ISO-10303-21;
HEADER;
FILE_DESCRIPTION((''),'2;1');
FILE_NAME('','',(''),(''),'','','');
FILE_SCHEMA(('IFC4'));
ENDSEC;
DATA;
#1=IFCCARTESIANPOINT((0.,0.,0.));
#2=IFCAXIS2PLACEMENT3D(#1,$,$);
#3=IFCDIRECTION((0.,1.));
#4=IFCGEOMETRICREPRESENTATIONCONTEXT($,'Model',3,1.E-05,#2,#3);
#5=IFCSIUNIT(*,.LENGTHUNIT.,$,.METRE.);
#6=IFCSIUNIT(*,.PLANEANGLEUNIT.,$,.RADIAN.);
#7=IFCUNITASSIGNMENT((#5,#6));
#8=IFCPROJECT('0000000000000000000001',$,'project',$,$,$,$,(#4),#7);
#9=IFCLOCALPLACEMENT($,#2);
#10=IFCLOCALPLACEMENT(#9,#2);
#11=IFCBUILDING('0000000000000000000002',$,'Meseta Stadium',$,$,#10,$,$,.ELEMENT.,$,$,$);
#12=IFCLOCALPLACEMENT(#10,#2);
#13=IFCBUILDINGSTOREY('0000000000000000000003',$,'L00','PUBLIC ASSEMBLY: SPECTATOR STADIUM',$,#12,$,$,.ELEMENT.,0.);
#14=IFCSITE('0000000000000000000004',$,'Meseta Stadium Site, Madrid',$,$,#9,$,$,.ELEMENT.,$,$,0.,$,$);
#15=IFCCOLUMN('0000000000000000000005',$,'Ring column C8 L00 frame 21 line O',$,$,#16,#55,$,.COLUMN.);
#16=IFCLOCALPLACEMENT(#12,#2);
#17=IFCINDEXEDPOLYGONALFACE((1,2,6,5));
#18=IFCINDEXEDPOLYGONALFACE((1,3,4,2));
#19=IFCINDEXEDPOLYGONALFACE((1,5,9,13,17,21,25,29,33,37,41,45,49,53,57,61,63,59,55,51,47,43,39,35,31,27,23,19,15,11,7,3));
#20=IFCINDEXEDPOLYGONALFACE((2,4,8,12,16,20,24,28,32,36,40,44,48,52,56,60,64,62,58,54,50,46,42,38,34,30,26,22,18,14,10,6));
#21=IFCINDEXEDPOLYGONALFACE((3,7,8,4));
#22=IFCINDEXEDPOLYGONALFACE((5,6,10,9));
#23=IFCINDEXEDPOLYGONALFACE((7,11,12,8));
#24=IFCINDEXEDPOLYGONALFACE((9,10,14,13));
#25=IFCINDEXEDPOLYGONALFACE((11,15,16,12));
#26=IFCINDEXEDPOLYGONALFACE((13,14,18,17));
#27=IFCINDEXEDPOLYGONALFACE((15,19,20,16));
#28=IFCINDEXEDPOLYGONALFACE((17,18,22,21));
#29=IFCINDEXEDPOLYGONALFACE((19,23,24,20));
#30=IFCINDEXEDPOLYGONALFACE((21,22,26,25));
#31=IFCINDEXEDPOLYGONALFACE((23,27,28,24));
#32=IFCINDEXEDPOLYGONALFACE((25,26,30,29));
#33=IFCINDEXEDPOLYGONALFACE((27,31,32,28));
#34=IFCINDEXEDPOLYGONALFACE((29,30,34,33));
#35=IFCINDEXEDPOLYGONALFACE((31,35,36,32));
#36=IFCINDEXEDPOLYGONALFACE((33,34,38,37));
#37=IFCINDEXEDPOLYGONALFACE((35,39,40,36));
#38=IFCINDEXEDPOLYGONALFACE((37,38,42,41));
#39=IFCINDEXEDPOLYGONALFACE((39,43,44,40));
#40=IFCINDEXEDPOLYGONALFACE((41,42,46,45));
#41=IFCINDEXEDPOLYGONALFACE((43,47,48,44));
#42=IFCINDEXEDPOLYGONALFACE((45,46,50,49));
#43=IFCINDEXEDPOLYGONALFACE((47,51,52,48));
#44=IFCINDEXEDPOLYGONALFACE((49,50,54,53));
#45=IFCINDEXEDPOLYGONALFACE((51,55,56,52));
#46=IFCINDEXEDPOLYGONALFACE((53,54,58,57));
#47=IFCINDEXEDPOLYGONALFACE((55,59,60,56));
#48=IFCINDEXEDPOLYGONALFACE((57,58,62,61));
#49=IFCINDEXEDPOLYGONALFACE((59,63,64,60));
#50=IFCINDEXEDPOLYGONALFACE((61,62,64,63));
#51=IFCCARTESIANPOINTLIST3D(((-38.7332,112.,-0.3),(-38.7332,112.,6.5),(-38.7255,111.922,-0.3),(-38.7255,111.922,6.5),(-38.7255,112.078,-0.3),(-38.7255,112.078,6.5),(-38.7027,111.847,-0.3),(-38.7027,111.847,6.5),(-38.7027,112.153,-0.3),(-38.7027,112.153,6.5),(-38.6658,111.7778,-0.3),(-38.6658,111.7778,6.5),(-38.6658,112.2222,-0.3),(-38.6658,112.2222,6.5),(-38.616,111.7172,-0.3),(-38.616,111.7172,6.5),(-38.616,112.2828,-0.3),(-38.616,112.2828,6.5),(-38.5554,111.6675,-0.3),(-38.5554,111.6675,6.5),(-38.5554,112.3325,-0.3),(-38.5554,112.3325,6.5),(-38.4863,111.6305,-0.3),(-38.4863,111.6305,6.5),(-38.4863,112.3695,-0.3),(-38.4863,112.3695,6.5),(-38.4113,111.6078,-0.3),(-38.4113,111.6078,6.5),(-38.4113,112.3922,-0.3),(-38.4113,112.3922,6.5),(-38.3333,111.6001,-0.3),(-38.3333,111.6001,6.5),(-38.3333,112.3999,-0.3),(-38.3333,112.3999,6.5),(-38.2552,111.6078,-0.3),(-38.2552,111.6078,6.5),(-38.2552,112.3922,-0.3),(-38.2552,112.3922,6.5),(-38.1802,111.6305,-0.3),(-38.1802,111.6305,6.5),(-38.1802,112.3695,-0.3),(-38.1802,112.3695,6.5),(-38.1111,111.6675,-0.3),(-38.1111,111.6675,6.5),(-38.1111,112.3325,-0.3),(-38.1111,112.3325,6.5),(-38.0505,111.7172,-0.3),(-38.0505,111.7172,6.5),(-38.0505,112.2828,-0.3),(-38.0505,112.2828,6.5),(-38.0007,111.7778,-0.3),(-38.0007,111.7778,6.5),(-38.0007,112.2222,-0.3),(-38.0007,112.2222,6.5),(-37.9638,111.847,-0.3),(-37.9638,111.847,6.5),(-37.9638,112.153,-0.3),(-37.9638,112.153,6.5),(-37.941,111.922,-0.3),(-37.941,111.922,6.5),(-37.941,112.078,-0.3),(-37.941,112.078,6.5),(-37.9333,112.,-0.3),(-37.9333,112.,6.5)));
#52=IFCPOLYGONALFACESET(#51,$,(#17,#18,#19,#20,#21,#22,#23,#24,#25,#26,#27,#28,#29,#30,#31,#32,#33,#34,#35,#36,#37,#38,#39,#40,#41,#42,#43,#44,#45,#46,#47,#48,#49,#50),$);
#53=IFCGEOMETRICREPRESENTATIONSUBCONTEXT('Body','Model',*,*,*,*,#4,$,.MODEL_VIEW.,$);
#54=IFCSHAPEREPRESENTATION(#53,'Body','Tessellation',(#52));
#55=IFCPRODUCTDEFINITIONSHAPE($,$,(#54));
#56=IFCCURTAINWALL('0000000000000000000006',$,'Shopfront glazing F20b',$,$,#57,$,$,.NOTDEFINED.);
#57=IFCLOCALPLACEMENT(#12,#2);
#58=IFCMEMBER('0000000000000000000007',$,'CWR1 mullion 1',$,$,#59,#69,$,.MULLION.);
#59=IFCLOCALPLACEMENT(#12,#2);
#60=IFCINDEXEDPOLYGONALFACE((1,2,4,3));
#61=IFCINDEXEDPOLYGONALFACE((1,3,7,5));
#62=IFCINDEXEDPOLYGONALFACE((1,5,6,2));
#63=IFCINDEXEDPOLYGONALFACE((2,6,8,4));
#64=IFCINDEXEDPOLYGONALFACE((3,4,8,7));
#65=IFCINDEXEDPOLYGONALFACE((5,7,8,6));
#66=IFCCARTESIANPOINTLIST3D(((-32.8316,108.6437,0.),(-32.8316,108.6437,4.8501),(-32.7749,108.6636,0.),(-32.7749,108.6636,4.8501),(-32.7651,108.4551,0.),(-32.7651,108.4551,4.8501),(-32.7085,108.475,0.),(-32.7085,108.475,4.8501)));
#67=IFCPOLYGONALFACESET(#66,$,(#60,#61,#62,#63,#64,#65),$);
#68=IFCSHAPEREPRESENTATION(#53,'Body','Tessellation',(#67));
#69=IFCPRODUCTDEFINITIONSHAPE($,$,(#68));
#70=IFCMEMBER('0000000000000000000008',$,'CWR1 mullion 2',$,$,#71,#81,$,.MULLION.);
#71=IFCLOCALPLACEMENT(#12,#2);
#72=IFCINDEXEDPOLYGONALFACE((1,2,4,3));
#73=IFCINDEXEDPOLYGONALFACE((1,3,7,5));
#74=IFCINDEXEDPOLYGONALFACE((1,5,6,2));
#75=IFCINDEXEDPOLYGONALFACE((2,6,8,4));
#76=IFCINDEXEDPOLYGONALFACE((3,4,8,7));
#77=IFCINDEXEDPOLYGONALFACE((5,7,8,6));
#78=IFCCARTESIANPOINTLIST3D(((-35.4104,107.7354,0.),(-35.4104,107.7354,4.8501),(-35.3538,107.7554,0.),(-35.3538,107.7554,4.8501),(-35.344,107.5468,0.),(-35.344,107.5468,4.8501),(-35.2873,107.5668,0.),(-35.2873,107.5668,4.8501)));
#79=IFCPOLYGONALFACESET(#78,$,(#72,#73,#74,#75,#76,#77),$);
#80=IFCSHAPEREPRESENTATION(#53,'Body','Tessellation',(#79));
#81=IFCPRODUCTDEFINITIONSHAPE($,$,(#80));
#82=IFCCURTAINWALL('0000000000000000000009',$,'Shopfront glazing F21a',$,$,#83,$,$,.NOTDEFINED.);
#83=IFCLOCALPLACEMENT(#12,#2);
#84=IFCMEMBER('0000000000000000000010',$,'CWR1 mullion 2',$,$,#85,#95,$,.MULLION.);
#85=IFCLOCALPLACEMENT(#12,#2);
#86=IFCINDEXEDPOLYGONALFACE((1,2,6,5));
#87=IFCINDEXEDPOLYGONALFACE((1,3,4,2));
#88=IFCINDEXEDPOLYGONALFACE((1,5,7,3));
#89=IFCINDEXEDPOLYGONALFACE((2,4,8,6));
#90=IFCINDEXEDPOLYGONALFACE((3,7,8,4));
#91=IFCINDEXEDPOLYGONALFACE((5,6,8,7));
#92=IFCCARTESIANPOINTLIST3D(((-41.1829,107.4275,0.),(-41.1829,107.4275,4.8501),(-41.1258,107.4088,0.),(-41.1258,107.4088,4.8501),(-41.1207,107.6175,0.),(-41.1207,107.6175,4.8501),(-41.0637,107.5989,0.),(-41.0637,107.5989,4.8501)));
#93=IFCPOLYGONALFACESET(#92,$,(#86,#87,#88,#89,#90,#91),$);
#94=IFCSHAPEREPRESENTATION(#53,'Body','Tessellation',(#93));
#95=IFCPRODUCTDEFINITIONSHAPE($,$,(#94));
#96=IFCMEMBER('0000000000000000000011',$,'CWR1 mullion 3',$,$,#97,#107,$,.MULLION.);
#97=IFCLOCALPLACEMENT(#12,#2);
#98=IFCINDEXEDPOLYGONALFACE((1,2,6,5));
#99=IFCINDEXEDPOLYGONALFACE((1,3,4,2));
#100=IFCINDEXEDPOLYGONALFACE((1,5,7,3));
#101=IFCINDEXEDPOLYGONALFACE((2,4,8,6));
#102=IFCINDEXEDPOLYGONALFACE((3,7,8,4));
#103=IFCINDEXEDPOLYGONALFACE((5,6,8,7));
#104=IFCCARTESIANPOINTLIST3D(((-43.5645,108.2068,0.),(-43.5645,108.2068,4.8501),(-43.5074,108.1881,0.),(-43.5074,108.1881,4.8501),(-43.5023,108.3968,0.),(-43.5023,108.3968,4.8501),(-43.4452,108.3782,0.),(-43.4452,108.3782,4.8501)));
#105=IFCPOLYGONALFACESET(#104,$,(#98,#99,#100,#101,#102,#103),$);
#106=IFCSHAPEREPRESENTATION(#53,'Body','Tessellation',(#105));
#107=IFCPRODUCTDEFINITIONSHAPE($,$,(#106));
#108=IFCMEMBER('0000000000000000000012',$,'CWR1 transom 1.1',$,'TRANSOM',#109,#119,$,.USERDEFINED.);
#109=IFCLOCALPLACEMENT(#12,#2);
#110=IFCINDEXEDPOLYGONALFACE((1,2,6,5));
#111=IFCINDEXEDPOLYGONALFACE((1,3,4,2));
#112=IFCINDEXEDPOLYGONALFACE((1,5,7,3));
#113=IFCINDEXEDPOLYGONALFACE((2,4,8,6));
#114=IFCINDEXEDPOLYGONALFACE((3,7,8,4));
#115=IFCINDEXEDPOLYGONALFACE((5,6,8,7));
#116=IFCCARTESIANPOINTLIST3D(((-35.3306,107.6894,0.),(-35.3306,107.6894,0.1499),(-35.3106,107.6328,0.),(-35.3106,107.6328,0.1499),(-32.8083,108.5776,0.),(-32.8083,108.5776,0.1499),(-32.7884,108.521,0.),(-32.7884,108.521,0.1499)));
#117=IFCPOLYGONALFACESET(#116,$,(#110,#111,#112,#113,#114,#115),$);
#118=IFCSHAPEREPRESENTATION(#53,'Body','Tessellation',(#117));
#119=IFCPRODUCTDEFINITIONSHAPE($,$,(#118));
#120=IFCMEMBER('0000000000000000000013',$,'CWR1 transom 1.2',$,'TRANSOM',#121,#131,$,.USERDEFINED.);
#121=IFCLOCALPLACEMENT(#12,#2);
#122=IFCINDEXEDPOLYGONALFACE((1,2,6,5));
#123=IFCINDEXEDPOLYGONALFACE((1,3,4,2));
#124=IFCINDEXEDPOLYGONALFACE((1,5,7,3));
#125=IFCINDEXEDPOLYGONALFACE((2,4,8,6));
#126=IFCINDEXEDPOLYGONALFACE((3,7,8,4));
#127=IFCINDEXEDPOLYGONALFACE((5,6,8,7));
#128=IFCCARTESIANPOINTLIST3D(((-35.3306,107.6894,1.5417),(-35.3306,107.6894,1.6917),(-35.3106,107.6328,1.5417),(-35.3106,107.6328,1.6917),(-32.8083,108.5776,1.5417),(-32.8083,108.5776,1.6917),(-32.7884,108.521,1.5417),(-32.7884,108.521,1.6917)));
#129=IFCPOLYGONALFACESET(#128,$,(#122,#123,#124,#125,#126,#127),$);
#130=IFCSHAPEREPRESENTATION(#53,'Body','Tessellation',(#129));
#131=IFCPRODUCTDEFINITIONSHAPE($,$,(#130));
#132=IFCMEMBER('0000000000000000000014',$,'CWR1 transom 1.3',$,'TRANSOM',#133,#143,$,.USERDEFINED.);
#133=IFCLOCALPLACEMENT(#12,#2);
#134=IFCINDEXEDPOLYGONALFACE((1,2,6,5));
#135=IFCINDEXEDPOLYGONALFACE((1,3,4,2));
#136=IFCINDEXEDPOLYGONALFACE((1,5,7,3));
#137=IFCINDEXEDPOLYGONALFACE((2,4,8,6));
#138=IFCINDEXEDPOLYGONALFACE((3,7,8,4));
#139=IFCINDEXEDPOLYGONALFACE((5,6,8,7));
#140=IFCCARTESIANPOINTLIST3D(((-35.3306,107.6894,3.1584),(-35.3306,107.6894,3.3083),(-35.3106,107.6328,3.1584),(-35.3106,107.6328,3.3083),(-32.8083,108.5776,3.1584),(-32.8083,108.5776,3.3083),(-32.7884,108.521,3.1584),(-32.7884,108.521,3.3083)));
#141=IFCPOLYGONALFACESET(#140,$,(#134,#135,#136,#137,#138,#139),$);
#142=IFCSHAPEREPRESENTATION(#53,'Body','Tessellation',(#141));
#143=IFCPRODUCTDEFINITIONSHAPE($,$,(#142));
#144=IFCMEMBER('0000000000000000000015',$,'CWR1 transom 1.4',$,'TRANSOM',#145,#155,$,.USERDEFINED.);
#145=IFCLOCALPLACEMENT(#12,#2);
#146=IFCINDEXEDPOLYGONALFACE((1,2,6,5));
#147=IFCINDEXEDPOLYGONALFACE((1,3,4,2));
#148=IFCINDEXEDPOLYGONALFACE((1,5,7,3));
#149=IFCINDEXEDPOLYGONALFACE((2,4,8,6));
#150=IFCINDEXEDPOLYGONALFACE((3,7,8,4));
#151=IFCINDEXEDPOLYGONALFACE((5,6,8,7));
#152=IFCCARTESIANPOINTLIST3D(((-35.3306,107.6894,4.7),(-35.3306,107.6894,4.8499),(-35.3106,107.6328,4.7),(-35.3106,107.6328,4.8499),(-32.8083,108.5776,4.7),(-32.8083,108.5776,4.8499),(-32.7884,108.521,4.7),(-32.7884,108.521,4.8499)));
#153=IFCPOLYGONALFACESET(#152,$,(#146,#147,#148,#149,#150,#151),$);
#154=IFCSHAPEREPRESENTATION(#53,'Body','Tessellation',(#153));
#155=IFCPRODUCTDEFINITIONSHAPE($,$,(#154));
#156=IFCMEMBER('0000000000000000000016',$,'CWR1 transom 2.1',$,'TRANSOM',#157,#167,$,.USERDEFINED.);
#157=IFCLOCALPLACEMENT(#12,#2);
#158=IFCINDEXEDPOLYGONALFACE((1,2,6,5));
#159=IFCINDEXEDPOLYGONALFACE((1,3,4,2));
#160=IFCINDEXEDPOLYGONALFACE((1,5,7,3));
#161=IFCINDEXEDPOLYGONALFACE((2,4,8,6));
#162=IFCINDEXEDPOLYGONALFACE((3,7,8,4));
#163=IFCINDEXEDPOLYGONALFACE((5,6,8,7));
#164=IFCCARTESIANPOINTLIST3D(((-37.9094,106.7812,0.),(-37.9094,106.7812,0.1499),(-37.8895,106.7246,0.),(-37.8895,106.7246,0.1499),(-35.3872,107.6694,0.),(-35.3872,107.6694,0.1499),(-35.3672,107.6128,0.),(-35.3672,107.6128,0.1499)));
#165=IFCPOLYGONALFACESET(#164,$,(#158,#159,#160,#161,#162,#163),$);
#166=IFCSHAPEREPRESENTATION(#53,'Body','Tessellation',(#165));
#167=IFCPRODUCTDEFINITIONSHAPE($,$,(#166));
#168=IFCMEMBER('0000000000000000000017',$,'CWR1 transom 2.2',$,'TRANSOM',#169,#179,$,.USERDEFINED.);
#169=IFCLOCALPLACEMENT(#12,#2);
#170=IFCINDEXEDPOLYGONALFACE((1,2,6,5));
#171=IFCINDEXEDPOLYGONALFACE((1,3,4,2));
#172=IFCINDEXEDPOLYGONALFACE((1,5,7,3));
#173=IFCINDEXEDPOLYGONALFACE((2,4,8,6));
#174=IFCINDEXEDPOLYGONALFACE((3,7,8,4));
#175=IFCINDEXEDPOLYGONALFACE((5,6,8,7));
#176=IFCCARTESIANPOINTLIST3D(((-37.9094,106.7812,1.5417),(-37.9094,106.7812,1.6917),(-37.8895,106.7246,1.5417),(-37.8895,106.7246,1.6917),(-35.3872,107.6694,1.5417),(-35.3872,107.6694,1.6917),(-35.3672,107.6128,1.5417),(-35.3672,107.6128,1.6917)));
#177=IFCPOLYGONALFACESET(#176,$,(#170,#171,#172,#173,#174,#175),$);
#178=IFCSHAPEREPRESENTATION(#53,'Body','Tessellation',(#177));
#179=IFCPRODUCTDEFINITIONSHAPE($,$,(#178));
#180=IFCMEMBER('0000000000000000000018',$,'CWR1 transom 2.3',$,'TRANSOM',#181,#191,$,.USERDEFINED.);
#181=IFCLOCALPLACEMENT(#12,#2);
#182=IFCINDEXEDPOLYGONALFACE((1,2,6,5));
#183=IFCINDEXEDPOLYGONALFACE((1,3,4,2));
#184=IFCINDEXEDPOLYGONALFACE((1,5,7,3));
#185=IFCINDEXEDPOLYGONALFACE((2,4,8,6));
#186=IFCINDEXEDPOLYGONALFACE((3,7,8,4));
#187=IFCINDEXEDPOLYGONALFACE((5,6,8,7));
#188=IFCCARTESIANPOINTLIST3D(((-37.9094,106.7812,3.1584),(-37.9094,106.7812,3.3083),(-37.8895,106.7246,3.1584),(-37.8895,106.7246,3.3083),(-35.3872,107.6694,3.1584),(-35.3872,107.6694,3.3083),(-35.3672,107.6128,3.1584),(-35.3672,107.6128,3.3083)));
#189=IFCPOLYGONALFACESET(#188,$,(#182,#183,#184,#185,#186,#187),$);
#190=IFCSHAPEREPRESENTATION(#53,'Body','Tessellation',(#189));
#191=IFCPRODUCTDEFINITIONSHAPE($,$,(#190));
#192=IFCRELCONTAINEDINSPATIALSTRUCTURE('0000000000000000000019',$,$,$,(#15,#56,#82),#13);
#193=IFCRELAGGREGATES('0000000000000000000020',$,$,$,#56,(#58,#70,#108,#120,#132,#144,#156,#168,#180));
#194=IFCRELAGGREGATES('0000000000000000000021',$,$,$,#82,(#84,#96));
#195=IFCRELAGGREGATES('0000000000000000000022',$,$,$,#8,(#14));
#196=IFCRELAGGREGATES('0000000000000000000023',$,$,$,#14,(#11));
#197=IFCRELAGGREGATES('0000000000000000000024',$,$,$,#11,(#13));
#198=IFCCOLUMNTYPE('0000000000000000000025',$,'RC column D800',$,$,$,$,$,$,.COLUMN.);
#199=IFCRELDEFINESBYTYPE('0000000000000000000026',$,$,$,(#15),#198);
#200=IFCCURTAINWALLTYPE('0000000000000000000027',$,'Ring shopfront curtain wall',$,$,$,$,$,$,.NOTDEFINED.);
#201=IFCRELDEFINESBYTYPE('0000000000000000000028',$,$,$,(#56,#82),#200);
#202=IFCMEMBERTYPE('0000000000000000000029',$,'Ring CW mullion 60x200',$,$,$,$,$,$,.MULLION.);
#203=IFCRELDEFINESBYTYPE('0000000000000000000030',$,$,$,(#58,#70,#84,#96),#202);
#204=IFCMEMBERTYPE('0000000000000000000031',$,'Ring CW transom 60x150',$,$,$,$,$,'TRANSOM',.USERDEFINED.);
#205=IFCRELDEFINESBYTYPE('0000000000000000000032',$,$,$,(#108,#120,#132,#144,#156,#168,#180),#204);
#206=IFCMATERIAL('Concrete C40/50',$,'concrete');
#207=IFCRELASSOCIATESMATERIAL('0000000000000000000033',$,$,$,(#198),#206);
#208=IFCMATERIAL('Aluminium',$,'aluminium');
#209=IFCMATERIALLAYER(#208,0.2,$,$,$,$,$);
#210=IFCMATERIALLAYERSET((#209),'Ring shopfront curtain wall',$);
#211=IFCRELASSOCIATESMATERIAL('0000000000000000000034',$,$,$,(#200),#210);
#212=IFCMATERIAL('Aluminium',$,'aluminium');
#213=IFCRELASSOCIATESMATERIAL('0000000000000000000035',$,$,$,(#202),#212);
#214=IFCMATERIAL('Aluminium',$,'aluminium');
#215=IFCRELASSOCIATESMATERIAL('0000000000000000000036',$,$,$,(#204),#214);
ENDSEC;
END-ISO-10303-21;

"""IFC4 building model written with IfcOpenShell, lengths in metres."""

from ifc_helpers import new_model, si_unit, direction, frame, origin, origin_2d, place, context, subcontext, project, spatial, rectangle, circle, extrude, material, layer, layer_set, material_profile, profile_set, type_object, element, aggregate, save


model = new_model("IFC4")

# Units and contexts
model_context = context("Model", 3, precision=1e-05, world=origin(), true_north=direction((0.0, 1.0)))
body_context = subcontext(model_context, "Body", "Model", "MODEL_VIEW")
ifc_project = project(units=[si_unit("LENGTHUNIT", "METRE"), si_unit("PLANEANGLEUNIT", "RADIAN")], contexts=[model_context])

# Site, building, storey
site_placement = place(None, origin())
site = spatial("IfcSite", under=ifc_project, at=site_placement, Name="Meseta Stadium Site, Madrid", CompositionType="ELEMENT", RefElevation=0.0)
building_placement = place(site_placement, origin())
building = spatial("IfcBuilding", under=site, at=building_placement, Name="Meseta Stadium", CompositionType="ELEMENT")
storey_placement = place(building_placement, origin())
storey = spatial("IfcBuildingStorey", under=building, at=storey_placement, Name="L00", Description="PUBLIC ASSEMBLY: SPECTATOR STADIUM", CompositionType="ELEMENT", Elevation=0.0)

# Column
ifc_material_1 = material(Name="Concrete C40/50", Category="concrete")
ifc_material_profile_1 = material_profile(ifc_material_1, circle(Radius=0.3999, at=origin_2d()), Name="RC D800")
ifc_profile_set_1 = profile_set([ifc_material_profile_1], Name="Concrete C40/50")
column_type = type_object("IfcColumnType", Name="RC column D800", PredefinedType="COLUMN", material=ifc_profile_set_1)
column_placement = place(storey_placement, frame((-38.3333, 112.0, -0.3), z_axis=(0.0, 0.0, 1.0), x_axis=(1.0, 0.0, 0.0)))
element("IfcColumn", 1, at=column_placement, inside=storey, type_object=column_type, Name="Ring column C8 L00 frame 21 line O", PredefinedType="COLUMN", context=body_context, shape_type="SweptSolid", body=[
    extrude(circle(Radius=0.3999, at=origin_2d()), origin(), (0.0, 0.0, 1.0), 6.8),
])

# Curtain walls, members
ifc_material_2 = material(Name="Aluminium", Category="aluminium")
ifc_layer_1 = layer(ifc_material_2, 0.2)
ifc_layer_set_1 = layer_set([ifc_layer_1], Name="Ring shopfront curtain wall")
curtain_wall_type = type_object("IfcCurtainWallType", Name="Ring shopfront curtain wall", PredefinedType="NOTDEFINED", material=ifc_layer_set_1)
curtain_wall_1_placement = place(storey_placement, origin())
curtain_wall_1 = element("IfcCurtainWall", 2, at=curtain_wall_1_placement, inside=storey, type_object=curtain_wall_type, Name="Shopfront glazing F20b", PredefinedType="NOTDEFINED")
ifc_material_3 = material(Name="Aluminium", Category="aluminium")
ifc_material_profile_2 = material_profile(ifc_material_3, rectangle(XDim=0.2, YDim=0.0601, at=origin_2d()), Name="CW 200x60")
ifc_profile_set_2 = profile_set([ifc_material_profile_2], Name="Aluminium")
member_type_1 = type_object("IfcMemberType", Name="Ring CW mullion 60x200", PredefinedType="MULLION", material=ifc_profile_set_2)
member_1_placement = place(storey_placement, frame((-32.77, 108.5593, 0.0), z_axis=(0.0, 0.0, 1.0), x_axis=(0.33217, -0.94322, 0.0)))
member_1 = element("IfcMember", 3, at=member_1_placement, type_object=member_type_1, Name="CWR1 mullion 1", PredefinedType="MULLION", context=body_context, shape_type="SweptSolid", body=[
    extrude(rectangle(XDim=0.2, YDim=0.0601, at=origin_2d()), origin(), (0.0, 0.0, 1.0), 4.8501),
])
member_2_placement = place(storey_placement, frame((-35.3489, 107.6511, 0.0), z_axis=(0.0, 0.0, 1.0), x_axis=(0.33217, -0.94322, 0.0)))
member_2 = element("IfcMember", 4, at=member_2_placement, type_object=member_type_1, Name="CWR1 mullion 2", PredefinedType="MULLION", context=body_context, shape_type="SweptSolid", body=[
    extrude(rectangle(XDim=0.2, YDim=0.0601, at=origin_2d()), origin(), (0.0, 0.0, 1.0), 4.8501),
])
curtain_wall_2_placement = place(storey_placement, origin())
curtain_wall_2 = element("IfcCurtainWall", 5, at=curtain_wall_2_placement, inside=storey, type_object=curtain_wall_type, Name="Shopfront glazing F21a", PredefinedType="NOTDEFINED")
member_3_placement = place(storey_placement, frame((-41.1233, 107.5132, 0.0), z_axis=(0.0, 0.0, 1.0), x_axis=(-0.311059, -0.950391, 0.0)))
member_3 = element("IfcMember", 6, at=member_3_placement, type_object=member_type_1, Name="CWR1 mullion 2", PredefinedType="MULLION", context=body_context, shape_type="SweptSolid", body=[
    extrude(rectangle(XDim=0.2, YDim=0.0601, at=origin_2d()), origin(), (0.0, 0.0, 1.0), 4.8501),
])
member_4_placement = place(storey_placement, frame((-43.5049, 108.2925, 0.0), z_axis=(0.0, 0.0, 1.0), x_axis=(-0.311059, -0.950391, 0.0)))
member_4 = element("IfcMember", 7, at=member_4_placement, type_object=member_type_1, Name="CWR1 mullion 3", PredefinedType="MULLION", context=body_context, shape_type="SweptSolid", body=[
    extrude(rectangle(XDim=0.2, YDim=0.0601, at=origin_2d()), origin(), (0.0, 0.0, 1.0), 4.8501),
])

# Members
ifc_material_4 = material(Name="Aluminium", Category="aluminium")
ifc_material_profile_3 = material_profile(ifc_material_4, rectangle(XDim=0.0601, YDim=0.1499, at=origin_2d()), Name="CW 60x150")
ifc_profile_set_3 = profile_set([ifc_material_profile_3], Name="Aluminium")
member_type_2 = type_object("IfcMemberType", Name="Ring CW transom 60x150", ElementType="TRANSOM", PredefinedType="USERDEFINED", material=ifc_profile_set_3)
member_5_placement = place(storey_placement, frame((-32.7983, 108.5493, 0.075), z_axis=(-0.943226, -0.332151, 0.0), x_axis=(0.332151, -0.943226, 0.0)))
member_5 = element("IfcMember", 8, at=member_5_placement, type_object=member_type_2, Name="CWR1 transom 1.1", ObjectType="TRANSOM", PredefinedType="USERDEFINED", context=body_context, shape_type="SweptSolid", body=[
    extrude(rectangle(XDim=0.0601, YDim=0.1499, at=origin_2d()), origin(), (0.0, 0.0, 1.0), 2.6741),
])
member_6_placement = place(storey_placement, frame((-32.7983, 108.5493, 1.6167), z_axis=(-0.943226, -0.332151, 0.0), x_axis=(0.332151, -0.943226, 0.0)))
member_6 = element("IfcMember", 9, at=member_6_placement, type_object=member_type_2, Name="CWR1 transom 1.2", ObjectType="TRANSOM", PredefinedType="USERDEFINED", context=body_context, shape_type="SweptSolid", body=[
    extrude(rectangle(XDim=0.0601, YDim=0.1499, at=origin_2d()), origin(), (0.0, 0.0, 1.0), 2.6741),
])
member_7_placement = place(storey_placement, frame((-32.7983, 108.5493, 3.2334), z_axis=(-0.943226, -0.332151, 0.0), x_axis=(0.332151, -0.943226, 0.0)))
member_7 = element("IfcMember", 10, at=member_7_placement, type_object=member_type_2, Name="CWR1 transom 1.3", ObjectType="TRANSOM", PredefinedType="USERDEFINED", context=body_context, shape_type="SweptSolid", body=[
    extrude(rectangle(XDim=0.0601, YDim=0.1499, at=origin_2d()), origin(), (0.0, 0.0, 1.0), 2.6741),
])
member_8_placement = place(storey_placement, frame((-32.7983, 108.5493, 4.7749), z_axis=(-0.943226, -0.332151, 0.0), x_axis=(0.332151, -0.943226, 0.0)))
member_8 = element("IfcMember", 11, at=member_8_placement, type_object=member_type_2, Name="CWR1 transom 1.4", ObjectType="TRANSOM", PredefinedType="USERDEFINED", context=body_context, shape_type="SweptSolid", body=[
    extrude(rectangle(XDim=0.0601, YDim=0.1499, at=origin_2d()), origin(), (0.0, 0.0, 1.0), 2.6741),
])
member_9_placement = place(storey_placement, frame((-35.3772, 107.6411, 0.075), z_axis=(-0.943226, -0.332151, 0.0), x_axis=(0.332151, -0.943226, 0.0)))
member_9 = element("IfcMember", 12, at=member_9_placement, type_object=member_type_2, Name="CWR1 transom 2.1", ObjectType="TRANSOM", PredefinedType="USERDEFINED", context=body_context, shape_type="SweptSolid", body=[
    extrude(rectangle(XDim=0.0601, YDim=0.1499, at=origin_2d()), origin(), (0.0, 0.0, 1.0), 2.6741),
])
member_10_placement = place(storey_placement, frame((-35.3772, 107.6411, 1.6167), z_axis=(-0.943226, -0.332151, 0.0), x_axis=(0.332151, -0.943226, 0.0)))
member_10 = element("IfcMember", 13, at=member_10_placement, type_object=member_type_2, Name="CWR1 transom 2.2", ObjectType="TRANSOM", PredefinedType="USERDEFINED", context=body_context, shape_type="SweptSolid", body=[
    extrude(rectangle(XDim=0.0601, YDim=0.1499, at=origin_2d()), origin(), (0.0, 0.0, 1.0), 2.6741),
])
member_11_placement = place(storey_placement, frame((-35.3772, 107.6411, 3.2334), z_axis=(-0.943226, -0.332151, 0.0), x_axis=(0.332151, -0.943226, 0.0)))
member_11 = element("IfcMember", 14, at=member_11_placement, type_object=member_type_2, Name="CWR1 transom 2.3", ObjectType="TRANSOM", PredefinedType="USERDEFINED", context=body_context, shape_type="SweptSolid", body=[
    extrude(rectangle(XDim=0.0601, YDim=0.1499, at=origin_2d()), origin(), (0.0, 0.0, 1.0), 2.6741),
])

aggregate(curtain_wall_1, [member_1, member_2, member_5, member_6, member_7, member_8, member_9, member_10, member_11])
aggregate(curtain_wall_2, [member_3, member_4])

save(model, "model.ifc")
